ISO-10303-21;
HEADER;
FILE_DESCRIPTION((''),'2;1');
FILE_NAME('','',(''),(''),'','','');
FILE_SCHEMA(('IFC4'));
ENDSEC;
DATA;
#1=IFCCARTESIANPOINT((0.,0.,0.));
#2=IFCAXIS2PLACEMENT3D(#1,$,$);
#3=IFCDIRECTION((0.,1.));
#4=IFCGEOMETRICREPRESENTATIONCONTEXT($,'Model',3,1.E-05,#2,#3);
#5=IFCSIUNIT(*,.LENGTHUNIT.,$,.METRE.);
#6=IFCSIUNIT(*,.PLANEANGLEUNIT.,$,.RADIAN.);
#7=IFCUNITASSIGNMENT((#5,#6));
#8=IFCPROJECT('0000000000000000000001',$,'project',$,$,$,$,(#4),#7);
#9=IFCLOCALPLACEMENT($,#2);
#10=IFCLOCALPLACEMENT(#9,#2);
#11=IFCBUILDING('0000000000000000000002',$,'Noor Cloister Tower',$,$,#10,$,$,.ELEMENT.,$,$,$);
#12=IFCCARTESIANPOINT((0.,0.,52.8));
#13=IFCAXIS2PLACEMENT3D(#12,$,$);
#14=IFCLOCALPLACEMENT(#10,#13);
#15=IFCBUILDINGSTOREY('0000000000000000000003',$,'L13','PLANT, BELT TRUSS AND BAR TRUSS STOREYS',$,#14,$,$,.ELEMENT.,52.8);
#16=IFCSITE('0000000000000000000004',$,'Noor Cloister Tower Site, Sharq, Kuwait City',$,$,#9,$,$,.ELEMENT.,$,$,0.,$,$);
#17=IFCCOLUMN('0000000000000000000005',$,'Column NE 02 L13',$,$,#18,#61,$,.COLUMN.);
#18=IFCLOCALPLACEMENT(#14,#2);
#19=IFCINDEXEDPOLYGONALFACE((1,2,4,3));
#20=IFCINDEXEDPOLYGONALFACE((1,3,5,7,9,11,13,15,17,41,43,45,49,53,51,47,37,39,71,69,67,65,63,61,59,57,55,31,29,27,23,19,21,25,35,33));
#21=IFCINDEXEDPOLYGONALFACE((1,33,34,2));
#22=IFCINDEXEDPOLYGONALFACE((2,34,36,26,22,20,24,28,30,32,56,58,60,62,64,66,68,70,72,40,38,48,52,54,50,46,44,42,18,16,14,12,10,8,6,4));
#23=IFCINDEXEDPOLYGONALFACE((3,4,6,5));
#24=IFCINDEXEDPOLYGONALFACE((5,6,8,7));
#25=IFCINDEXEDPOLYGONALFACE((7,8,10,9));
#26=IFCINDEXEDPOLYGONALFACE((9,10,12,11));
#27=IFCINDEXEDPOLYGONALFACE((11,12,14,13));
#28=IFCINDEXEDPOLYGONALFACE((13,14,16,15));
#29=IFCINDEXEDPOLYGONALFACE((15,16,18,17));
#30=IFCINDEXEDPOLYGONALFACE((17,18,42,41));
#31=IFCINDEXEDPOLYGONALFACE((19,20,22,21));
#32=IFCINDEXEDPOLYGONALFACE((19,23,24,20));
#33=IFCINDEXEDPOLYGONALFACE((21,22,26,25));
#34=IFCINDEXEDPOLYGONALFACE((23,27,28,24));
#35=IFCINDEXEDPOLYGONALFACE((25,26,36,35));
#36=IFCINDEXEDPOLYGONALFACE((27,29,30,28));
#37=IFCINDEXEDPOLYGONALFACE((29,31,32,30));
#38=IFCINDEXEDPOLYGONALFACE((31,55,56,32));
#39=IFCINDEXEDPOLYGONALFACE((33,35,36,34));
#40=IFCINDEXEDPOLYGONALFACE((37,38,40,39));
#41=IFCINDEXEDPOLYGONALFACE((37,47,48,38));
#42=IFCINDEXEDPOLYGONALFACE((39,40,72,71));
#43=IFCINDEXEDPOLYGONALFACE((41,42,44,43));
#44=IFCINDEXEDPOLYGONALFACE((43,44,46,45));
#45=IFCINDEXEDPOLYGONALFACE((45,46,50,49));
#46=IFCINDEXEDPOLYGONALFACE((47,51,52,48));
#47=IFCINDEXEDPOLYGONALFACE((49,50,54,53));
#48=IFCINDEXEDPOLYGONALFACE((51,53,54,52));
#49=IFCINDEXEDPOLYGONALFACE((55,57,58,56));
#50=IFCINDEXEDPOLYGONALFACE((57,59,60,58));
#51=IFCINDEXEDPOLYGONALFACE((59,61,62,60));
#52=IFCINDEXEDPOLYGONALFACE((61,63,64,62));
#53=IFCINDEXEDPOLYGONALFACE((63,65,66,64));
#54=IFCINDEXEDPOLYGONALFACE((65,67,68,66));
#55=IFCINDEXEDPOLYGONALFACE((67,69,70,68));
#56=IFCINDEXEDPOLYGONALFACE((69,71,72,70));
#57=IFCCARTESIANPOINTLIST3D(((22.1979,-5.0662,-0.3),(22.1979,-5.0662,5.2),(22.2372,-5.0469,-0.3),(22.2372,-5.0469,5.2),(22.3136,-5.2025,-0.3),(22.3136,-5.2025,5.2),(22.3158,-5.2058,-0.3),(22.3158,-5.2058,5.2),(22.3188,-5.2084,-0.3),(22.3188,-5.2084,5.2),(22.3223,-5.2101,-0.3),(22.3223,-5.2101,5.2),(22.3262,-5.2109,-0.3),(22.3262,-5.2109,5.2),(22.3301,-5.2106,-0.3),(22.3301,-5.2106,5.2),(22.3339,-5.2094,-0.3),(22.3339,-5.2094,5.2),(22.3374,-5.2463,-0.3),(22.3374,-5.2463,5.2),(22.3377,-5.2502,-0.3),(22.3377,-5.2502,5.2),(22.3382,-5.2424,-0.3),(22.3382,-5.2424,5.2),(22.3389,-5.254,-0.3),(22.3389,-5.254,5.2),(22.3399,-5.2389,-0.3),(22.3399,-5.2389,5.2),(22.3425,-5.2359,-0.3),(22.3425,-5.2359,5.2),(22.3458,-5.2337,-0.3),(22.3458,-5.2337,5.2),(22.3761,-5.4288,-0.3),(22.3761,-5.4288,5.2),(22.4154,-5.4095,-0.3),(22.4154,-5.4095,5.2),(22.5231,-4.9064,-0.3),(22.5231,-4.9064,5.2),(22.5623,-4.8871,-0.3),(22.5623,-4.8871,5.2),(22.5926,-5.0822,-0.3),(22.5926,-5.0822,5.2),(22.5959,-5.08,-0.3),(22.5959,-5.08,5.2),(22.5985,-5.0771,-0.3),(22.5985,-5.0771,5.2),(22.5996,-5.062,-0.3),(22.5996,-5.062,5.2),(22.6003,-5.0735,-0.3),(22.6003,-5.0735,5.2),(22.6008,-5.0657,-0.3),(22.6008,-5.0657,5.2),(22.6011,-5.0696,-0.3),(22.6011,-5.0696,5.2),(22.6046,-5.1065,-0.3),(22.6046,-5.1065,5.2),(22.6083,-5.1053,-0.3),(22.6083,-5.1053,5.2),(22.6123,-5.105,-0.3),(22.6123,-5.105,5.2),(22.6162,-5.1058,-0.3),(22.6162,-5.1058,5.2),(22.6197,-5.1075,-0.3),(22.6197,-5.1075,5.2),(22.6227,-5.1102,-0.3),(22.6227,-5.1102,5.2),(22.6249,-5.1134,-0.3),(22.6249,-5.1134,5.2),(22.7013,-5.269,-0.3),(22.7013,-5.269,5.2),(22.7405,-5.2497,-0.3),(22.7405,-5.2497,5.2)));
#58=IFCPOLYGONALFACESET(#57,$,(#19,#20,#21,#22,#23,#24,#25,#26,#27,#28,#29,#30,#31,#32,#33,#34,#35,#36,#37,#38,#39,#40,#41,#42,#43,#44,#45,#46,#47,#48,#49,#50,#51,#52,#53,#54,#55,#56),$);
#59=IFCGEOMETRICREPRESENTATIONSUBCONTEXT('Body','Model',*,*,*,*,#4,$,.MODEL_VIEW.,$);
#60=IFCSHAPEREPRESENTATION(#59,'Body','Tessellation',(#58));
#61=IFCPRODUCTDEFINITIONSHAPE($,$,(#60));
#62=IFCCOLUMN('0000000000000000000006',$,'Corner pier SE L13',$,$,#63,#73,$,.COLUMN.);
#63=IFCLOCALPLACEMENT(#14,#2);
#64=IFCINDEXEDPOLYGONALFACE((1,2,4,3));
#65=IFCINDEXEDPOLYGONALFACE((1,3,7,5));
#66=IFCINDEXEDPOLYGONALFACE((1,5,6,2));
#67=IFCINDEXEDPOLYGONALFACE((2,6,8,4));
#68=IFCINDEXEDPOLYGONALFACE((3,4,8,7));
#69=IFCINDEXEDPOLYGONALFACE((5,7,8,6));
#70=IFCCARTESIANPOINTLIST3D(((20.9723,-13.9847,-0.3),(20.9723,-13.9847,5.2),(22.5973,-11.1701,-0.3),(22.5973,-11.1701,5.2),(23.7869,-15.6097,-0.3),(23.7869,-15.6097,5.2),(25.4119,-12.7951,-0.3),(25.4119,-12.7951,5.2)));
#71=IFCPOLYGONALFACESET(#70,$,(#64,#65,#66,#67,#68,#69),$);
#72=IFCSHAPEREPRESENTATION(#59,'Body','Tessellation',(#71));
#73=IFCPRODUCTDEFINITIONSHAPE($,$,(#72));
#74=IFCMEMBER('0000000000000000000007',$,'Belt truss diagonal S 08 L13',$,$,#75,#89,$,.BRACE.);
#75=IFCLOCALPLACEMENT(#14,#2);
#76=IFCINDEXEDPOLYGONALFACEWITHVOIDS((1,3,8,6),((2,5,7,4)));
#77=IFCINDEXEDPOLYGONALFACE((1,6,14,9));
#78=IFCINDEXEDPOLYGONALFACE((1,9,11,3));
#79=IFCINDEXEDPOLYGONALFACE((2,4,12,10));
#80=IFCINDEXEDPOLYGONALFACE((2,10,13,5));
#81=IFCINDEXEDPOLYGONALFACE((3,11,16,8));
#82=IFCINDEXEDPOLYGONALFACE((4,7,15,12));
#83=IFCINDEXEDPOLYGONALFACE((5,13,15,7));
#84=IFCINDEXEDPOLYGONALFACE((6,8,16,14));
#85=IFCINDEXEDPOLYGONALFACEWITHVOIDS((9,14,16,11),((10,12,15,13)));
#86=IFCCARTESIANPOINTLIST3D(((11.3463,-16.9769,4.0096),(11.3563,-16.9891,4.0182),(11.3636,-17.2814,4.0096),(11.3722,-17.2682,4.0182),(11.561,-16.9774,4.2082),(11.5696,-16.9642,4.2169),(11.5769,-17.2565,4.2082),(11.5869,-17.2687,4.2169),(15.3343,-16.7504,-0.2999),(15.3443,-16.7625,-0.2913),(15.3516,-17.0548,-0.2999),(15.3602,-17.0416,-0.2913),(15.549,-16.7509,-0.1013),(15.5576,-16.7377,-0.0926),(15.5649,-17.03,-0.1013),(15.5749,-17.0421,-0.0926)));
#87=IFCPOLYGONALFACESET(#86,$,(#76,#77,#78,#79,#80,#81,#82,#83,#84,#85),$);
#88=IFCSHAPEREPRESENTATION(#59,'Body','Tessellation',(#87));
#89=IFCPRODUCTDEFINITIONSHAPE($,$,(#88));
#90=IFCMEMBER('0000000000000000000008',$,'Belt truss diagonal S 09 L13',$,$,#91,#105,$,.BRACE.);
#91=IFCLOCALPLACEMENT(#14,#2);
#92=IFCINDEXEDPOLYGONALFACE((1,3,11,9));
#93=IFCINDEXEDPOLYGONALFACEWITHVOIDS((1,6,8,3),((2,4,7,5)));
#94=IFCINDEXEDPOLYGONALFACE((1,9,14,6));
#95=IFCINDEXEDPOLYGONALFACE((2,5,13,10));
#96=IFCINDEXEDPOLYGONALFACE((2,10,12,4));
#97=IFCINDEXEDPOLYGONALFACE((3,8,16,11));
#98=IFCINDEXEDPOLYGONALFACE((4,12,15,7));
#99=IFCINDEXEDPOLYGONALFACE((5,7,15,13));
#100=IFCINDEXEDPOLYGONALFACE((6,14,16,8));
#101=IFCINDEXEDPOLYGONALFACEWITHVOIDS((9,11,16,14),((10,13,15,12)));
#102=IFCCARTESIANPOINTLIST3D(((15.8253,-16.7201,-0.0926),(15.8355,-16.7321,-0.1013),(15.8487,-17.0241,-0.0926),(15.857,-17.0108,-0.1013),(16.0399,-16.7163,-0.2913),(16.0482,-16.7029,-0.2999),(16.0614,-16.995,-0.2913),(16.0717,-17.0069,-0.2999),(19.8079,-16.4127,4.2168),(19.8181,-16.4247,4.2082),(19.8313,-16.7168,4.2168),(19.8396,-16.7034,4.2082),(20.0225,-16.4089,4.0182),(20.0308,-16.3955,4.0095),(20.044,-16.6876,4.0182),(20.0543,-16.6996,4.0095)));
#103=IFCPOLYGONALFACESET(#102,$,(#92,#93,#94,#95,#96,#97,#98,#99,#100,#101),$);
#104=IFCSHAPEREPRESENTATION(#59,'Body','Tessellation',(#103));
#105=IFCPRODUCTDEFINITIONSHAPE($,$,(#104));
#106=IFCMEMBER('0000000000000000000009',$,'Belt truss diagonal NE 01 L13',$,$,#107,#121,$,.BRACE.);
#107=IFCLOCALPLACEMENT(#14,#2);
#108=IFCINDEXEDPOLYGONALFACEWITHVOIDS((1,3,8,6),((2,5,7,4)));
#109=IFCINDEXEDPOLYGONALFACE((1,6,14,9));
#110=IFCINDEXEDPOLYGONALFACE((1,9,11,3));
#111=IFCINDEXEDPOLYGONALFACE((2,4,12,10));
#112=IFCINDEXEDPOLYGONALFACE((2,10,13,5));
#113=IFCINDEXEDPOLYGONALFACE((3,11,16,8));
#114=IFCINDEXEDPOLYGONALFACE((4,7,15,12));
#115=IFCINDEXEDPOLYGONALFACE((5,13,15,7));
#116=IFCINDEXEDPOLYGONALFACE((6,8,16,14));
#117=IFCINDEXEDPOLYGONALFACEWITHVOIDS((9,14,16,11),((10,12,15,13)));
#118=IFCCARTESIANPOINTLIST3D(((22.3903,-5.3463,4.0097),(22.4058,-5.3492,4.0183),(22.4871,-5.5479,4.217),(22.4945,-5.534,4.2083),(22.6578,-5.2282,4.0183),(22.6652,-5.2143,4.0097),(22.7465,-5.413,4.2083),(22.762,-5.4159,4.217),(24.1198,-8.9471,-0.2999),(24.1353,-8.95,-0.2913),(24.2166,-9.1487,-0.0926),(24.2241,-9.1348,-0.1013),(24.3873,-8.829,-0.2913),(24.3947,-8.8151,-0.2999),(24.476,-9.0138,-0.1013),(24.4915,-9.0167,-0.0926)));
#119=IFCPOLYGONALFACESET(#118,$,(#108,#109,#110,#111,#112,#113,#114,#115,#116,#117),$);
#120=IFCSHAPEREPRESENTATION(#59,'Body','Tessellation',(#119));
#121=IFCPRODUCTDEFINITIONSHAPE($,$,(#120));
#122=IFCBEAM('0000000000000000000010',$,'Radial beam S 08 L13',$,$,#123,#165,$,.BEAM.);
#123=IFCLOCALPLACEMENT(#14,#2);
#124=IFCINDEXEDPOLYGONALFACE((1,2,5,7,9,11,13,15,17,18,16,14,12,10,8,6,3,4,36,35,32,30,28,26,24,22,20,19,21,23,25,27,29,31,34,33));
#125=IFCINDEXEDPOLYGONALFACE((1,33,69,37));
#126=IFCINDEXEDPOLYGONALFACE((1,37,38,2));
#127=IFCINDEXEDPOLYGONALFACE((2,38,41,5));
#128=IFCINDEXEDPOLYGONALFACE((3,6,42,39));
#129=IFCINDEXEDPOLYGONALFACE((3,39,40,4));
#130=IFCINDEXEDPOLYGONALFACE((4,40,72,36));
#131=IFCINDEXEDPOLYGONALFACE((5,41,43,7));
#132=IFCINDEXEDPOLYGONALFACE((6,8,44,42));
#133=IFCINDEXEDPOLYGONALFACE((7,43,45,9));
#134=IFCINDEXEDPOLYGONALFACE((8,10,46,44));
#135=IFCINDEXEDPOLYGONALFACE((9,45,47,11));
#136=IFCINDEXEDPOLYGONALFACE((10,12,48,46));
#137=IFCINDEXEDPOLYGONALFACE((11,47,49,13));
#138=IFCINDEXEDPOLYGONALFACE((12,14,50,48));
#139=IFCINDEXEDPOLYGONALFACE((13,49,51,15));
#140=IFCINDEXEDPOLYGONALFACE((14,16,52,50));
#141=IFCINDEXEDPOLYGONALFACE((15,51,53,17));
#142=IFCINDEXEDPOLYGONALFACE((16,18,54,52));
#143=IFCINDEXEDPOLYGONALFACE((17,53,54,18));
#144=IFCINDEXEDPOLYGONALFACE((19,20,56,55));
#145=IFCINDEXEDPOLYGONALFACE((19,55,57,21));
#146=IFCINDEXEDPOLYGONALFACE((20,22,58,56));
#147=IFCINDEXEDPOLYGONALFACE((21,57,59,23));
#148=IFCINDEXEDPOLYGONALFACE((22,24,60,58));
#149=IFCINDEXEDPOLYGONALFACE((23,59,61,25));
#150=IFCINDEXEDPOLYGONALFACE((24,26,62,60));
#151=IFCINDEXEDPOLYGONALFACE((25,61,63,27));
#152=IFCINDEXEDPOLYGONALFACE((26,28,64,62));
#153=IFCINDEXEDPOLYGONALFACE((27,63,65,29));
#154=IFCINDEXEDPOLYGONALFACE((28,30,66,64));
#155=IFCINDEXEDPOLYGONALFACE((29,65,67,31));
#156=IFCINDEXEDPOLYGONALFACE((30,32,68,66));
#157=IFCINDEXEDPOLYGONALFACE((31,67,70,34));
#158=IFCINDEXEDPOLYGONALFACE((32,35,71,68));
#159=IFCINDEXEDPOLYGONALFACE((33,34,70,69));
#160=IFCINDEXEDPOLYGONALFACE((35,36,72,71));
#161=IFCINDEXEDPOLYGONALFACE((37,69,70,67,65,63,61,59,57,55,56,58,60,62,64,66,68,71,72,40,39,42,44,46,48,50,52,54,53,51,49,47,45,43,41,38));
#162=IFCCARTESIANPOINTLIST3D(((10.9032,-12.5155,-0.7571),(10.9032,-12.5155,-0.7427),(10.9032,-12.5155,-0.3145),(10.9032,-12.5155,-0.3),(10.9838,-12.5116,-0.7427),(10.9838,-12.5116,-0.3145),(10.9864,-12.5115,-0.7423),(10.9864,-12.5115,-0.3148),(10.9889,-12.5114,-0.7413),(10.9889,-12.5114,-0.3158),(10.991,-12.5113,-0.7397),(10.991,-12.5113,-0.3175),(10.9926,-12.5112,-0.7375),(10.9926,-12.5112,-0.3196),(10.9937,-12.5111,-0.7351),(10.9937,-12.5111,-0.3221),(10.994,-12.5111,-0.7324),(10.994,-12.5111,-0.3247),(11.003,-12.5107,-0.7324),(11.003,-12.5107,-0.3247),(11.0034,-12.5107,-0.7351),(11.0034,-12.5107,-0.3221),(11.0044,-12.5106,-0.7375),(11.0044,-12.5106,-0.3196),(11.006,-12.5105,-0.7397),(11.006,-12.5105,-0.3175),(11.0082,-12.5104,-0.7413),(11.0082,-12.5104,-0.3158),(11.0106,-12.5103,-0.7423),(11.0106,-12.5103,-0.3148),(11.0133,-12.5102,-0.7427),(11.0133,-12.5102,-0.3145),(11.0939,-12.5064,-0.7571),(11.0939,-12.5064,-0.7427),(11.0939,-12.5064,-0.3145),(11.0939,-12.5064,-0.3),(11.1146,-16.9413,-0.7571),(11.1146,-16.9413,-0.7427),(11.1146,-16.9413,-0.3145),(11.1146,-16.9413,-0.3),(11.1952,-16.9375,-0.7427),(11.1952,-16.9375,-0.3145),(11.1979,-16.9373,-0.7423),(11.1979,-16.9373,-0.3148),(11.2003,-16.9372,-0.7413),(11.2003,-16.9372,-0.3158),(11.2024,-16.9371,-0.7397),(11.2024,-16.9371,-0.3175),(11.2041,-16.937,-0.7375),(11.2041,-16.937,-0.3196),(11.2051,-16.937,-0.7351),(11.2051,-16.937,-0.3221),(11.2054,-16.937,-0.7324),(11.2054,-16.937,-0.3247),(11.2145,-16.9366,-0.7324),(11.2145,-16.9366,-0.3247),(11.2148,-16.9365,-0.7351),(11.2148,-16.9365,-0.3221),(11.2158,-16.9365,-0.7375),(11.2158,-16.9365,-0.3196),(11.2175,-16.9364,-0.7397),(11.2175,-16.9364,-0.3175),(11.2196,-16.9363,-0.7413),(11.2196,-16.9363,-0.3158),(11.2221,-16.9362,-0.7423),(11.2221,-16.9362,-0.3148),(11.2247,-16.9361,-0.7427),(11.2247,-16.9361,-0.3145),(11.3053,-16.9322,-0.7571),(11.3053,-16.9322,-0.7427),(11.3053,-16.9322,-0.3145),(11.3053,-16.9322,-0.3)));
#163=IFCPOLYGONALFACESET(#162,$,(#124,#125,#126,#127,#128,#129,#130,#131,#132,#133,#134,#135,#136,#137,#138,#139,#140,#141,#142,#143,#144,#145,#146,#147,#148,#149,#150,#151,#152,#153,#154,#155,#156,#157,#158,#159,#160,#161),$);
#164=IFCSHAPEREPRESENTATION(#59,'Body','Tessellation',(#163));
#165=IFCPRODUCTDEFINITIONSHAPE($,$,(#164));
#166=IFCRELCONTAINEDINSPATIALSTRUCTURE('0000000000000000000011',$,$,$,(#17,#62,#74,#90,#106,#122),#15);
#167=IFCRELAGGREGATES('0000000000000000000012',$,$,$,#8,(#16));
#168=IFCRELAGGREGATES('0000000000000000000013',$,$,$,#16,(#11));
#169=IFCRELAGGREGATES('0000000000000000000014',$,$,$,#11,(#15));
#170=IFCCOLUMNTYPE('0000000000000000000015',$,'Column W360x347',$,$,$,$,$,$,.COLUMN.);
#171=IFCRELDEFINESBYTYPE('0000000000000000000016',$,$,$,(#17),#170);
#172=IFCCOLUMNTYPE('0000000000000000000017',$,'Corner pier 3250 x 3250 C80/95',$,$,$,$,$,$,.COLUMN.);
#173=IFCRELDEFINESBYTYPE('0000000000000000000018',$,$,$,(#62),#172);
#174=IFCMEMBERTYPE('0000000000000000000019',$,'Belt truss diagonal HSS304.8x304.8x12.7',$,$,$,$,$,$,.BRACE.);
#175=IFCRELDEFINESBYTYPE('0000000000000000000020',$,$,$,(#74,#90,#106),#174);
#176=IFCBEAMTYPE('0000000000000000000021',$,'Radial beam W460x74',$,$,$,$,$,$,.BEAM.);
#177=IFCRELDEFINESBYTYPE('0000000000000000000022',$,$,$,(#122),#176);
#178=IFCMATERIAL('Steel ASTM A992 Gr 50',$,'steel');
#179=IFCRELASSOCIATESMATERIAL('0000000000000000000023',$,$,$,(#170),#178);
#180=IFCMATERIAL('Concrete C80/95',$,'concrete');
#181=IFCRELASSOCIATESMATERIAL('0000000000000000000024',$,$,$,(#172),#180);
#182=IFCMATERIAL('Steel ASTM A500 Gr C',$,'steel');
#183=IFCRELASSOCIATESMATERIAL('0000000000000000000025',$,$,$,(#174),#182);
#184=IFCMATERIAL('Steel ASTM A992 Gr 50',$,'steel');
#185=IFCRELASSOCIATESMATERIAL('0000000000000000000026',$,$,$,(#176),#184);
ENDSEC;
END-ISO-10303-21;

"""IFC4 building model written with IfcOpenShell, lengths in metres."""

from ifc_helpers import new_model, si_unit, direction, frame, origin, origin_2d, place, context, subcontext, project, spatial, rectangle, hollow_rectangle, i_section, extrude, material, material_profile, profile_set, type_object, element, save


model = new_model("IFC4")

# Units and contexts
model_context = context("Model", 3, precision=1e-05, world=origin(), true_north=direction((0.0, 1.0)))
body_context = subcontext(model_context, "Body", "Model", "MODEL_VIEW")
ifc_project = project(units=[si_unit("LENGTHUNIT", "METRE"), si_unit("PLANEANGLEUNIT", "RADIAN")], contexts=[model_context])

# Site, building, storey
site_placement = place(None, origin())
site = spatial("IfcSite", under=ifc_project, at=site_placement, Name="Noor Cloister Tower Site, Sharq, Kuwait City", CompositionType="ELEMENT", RefElevation=0.0)
building_placement = place(site_placement, origin())
building = spatial("IfcBuilding", under=site, at=building_placement, Name="Noor Cloister Tower", CompositionType="ELEMENT")
storey_placement = place(building_placement, frame((0.0, 0.0, 52.8)))
storey = spatial("IfcBuildingStorey", under=building, at=storey_placement, Name="L13", Description="PLANT, BELT TRUSS AND BAR TRUSS STOREYS", CompositionType="ELEMENT", Elevation=52.8)

# Columns
ifc_material_1 = material(Name="Steel ASTM A992 Gr 50", Category="steel")
ifc_material_profile_1 = material_profile(ifc_material_1, i_section(OverallWidth=0.4041, OverallDepth=0.406, WebThickness=0.0271, FlangeThickness=0.0437, FilletRadius=0.0151, at=origin_2d()), Name="W360x347")
ifc_profile_set_1 = profile_set([ifc_material_profile_1], Name="Steel ASTM A992 Gr 50")
column_type_1 = type_object("IfcColumnType", Name="Column W360x347", PredefinedType="COLUMN", material=ifc_profile_set_1)
for number, where, z_axis, x_axis, name in (
    (1, (22.4692, -5.158, -0.3), (0.0, 0.0, 1.0), (-0.441044, 0.897485, 0.0), "Column NE 02 L13"),
):
    element("IfcColumn", number, at=place(storey_placement, frame(where, z_axis=z_axis, x_axis=x_axis)), inside=storey, type_object=column_type_1, Name=name, PredefinedType="COLUMN", context=body_context, shape_type="SweptSolid", body=[
        extrude(i_section(OverallWidth=0.4041, OverallDepth=0.406, WebThickness=0.0271, FlangeThickness=0.0437, FilletRadius=0.0151, at=origin_2d()), origin(), (0.0, 0.0, 1.0), 5.5),
    ])
ifc_material_2 = material(Name="Concrete C80/95", Category="concrete")
ifc_material_profile_2 = material_profile(ifc_material_2, rectangle(XDim=3.25, YDim=3.25, at=origin_2d()), Name="RC 3250x3250")
ifc_profile_set_2 = profile_set([ifc_material_profile_2], Name="Concrete C80/95")
column_type_2 = type_object("IfcColumnType", Name="Corner pier 3250 x 3250 C80/95", PredefinedType="COLUMN", material=ifc_profile_set_2)
column_placement = place(storey_placement, frame((23.1921, -13.3899, -0.3), z_axis=(0.0, 0.0, 1.0), x_axis=(0.866025, -0.5, 0.0)))
element("IfcColumn", 2, at=column_placement, inside=storey, type_object=column_type_2, Name="Corner pier SE L13", PredefinedType="COLUMN", context=body_context, shape_type="SweptSolid", body=[
    extrude(rectangle(XDim=3.25, YDim=3.25, at=origin_2d()), origin(), (0.0, 0.0, 1.0), 5.5),
])

# Members
ifc_material_3 = material(Name="Steel ASTM A500 Gr C", Category="steel")
ifc_material_profile_3 = material_profile(ifc_material_3, hollow_rectangle(XDim=0.3049, YDim=0.3049, WallThickness=0.0127, at=origin_2d()), Name="HSS304.8x304.8x12.7")
ifc_profile_set_3 = profile_set([ifc_material_profile_3], Name="Steel ASTM A500 Gr C")
member_type = type_object("IfcMemberType", Name="Belt truss diagonal HSS304.8x304.8x12.7", PredefinedType="BRACE", material=ifc_profile_set_3)
for number, where, z_axis, x_axis, name in (
    (3, (15.4546, -16.8962, -0.1963), (-0.678692, -0.038557, 0.733411), (0.056719, -0.99839, 0.0), "Belt truss diagonal S 08 L13"),
    (4, (15.9485, -16.8635, -0.1963), (0.677774, 0.052309, 0.733407), (-0.076949, 0.997035, 0.0), "Belt truss diagonal S 09 L13"),
):
    element("IfcMember", number, at=place(storey_placement, frame(where, z_axis=z_axis, x_axis=x_axis)), inside=storey, type_object=member_type, Name=name, PredefinedType="BRACE", context=body_context, shape_type="SweptSolid", body=[
        extrude(hollow_rectangle(XDim=0.3049, YDim=0.3049, WallThickness=0.0127, at=origin_2d()), origin(), (0.0, 0.0, 1.0), 5.876),
    ])
member_placement = place(storey_placement, frame((24.3057, -8.9819, -0.1963), z_axis=(-0.294322, 0.612784, 0.733396), x_axis=(-0.901416, -0.432954, 0.0)))
element("IfcMember", 5, at=member_placement, inside=storey, type_object=member_type, Name="Belt truss diagonal NE 01 L13", PredefinedType="BRACE", context=body_context, shape_type="SweptSolid", body=[
    extrude(hollow_rectangle(XDim=0.3049, YDim=0.3049, WallThickness=0.0127, at=origin_2d()), origin(), (0.0, 0.0, 1.0), 5.8762),
])

# Beam
ifc_material_4 = material(Name="Steel ASTM A992 Gr 50", Category="steel")
ifc_material_profile_4 = material_profile(ifc_material_4, i_section(OverallWidth=0.1909, OverallDepth=0.457, WebThickness=0.009, FlangeThickness=0.0144, FilletRadius=0.0103, at=origin_2d()), Name="W460x74")
ifc_profile_set_4 = profile_set([ifc_material_profile_4], Name="Steel ASTM A992 Gr 50")
beam_type_1 = type_object("IfcBeamType", Name="Radial beam W460x74", PredefinedType="BEAM", material=ifc_profile_set_4)
beam_1_placement = place(storey_placement, frame((11.21, -16.9368, -0.5286), z_axis=(-0.047717, 0.998861, 0.0), x_axis=(-0.998861, -0.047717, 0.0)))
element("IfcBeam", 6, at=beam_1_placement, inside=storey, type_object=beam_type_1, Name="Radial beam S 08 L13", PredefinedType="BEAM", context=body_context, shape_type="SweptSolid", body=[
    extrude(i_section(OverallWidth=0.1909, OverallDepth=0.457, WebThickness=0.009, FlangeThickness=0.0144, FilletRadius=0.0103, at=origin_2d()), origin(), (0.0, 0.0, 1.0), 4.4309),
])

save(model, "model.ifc")
